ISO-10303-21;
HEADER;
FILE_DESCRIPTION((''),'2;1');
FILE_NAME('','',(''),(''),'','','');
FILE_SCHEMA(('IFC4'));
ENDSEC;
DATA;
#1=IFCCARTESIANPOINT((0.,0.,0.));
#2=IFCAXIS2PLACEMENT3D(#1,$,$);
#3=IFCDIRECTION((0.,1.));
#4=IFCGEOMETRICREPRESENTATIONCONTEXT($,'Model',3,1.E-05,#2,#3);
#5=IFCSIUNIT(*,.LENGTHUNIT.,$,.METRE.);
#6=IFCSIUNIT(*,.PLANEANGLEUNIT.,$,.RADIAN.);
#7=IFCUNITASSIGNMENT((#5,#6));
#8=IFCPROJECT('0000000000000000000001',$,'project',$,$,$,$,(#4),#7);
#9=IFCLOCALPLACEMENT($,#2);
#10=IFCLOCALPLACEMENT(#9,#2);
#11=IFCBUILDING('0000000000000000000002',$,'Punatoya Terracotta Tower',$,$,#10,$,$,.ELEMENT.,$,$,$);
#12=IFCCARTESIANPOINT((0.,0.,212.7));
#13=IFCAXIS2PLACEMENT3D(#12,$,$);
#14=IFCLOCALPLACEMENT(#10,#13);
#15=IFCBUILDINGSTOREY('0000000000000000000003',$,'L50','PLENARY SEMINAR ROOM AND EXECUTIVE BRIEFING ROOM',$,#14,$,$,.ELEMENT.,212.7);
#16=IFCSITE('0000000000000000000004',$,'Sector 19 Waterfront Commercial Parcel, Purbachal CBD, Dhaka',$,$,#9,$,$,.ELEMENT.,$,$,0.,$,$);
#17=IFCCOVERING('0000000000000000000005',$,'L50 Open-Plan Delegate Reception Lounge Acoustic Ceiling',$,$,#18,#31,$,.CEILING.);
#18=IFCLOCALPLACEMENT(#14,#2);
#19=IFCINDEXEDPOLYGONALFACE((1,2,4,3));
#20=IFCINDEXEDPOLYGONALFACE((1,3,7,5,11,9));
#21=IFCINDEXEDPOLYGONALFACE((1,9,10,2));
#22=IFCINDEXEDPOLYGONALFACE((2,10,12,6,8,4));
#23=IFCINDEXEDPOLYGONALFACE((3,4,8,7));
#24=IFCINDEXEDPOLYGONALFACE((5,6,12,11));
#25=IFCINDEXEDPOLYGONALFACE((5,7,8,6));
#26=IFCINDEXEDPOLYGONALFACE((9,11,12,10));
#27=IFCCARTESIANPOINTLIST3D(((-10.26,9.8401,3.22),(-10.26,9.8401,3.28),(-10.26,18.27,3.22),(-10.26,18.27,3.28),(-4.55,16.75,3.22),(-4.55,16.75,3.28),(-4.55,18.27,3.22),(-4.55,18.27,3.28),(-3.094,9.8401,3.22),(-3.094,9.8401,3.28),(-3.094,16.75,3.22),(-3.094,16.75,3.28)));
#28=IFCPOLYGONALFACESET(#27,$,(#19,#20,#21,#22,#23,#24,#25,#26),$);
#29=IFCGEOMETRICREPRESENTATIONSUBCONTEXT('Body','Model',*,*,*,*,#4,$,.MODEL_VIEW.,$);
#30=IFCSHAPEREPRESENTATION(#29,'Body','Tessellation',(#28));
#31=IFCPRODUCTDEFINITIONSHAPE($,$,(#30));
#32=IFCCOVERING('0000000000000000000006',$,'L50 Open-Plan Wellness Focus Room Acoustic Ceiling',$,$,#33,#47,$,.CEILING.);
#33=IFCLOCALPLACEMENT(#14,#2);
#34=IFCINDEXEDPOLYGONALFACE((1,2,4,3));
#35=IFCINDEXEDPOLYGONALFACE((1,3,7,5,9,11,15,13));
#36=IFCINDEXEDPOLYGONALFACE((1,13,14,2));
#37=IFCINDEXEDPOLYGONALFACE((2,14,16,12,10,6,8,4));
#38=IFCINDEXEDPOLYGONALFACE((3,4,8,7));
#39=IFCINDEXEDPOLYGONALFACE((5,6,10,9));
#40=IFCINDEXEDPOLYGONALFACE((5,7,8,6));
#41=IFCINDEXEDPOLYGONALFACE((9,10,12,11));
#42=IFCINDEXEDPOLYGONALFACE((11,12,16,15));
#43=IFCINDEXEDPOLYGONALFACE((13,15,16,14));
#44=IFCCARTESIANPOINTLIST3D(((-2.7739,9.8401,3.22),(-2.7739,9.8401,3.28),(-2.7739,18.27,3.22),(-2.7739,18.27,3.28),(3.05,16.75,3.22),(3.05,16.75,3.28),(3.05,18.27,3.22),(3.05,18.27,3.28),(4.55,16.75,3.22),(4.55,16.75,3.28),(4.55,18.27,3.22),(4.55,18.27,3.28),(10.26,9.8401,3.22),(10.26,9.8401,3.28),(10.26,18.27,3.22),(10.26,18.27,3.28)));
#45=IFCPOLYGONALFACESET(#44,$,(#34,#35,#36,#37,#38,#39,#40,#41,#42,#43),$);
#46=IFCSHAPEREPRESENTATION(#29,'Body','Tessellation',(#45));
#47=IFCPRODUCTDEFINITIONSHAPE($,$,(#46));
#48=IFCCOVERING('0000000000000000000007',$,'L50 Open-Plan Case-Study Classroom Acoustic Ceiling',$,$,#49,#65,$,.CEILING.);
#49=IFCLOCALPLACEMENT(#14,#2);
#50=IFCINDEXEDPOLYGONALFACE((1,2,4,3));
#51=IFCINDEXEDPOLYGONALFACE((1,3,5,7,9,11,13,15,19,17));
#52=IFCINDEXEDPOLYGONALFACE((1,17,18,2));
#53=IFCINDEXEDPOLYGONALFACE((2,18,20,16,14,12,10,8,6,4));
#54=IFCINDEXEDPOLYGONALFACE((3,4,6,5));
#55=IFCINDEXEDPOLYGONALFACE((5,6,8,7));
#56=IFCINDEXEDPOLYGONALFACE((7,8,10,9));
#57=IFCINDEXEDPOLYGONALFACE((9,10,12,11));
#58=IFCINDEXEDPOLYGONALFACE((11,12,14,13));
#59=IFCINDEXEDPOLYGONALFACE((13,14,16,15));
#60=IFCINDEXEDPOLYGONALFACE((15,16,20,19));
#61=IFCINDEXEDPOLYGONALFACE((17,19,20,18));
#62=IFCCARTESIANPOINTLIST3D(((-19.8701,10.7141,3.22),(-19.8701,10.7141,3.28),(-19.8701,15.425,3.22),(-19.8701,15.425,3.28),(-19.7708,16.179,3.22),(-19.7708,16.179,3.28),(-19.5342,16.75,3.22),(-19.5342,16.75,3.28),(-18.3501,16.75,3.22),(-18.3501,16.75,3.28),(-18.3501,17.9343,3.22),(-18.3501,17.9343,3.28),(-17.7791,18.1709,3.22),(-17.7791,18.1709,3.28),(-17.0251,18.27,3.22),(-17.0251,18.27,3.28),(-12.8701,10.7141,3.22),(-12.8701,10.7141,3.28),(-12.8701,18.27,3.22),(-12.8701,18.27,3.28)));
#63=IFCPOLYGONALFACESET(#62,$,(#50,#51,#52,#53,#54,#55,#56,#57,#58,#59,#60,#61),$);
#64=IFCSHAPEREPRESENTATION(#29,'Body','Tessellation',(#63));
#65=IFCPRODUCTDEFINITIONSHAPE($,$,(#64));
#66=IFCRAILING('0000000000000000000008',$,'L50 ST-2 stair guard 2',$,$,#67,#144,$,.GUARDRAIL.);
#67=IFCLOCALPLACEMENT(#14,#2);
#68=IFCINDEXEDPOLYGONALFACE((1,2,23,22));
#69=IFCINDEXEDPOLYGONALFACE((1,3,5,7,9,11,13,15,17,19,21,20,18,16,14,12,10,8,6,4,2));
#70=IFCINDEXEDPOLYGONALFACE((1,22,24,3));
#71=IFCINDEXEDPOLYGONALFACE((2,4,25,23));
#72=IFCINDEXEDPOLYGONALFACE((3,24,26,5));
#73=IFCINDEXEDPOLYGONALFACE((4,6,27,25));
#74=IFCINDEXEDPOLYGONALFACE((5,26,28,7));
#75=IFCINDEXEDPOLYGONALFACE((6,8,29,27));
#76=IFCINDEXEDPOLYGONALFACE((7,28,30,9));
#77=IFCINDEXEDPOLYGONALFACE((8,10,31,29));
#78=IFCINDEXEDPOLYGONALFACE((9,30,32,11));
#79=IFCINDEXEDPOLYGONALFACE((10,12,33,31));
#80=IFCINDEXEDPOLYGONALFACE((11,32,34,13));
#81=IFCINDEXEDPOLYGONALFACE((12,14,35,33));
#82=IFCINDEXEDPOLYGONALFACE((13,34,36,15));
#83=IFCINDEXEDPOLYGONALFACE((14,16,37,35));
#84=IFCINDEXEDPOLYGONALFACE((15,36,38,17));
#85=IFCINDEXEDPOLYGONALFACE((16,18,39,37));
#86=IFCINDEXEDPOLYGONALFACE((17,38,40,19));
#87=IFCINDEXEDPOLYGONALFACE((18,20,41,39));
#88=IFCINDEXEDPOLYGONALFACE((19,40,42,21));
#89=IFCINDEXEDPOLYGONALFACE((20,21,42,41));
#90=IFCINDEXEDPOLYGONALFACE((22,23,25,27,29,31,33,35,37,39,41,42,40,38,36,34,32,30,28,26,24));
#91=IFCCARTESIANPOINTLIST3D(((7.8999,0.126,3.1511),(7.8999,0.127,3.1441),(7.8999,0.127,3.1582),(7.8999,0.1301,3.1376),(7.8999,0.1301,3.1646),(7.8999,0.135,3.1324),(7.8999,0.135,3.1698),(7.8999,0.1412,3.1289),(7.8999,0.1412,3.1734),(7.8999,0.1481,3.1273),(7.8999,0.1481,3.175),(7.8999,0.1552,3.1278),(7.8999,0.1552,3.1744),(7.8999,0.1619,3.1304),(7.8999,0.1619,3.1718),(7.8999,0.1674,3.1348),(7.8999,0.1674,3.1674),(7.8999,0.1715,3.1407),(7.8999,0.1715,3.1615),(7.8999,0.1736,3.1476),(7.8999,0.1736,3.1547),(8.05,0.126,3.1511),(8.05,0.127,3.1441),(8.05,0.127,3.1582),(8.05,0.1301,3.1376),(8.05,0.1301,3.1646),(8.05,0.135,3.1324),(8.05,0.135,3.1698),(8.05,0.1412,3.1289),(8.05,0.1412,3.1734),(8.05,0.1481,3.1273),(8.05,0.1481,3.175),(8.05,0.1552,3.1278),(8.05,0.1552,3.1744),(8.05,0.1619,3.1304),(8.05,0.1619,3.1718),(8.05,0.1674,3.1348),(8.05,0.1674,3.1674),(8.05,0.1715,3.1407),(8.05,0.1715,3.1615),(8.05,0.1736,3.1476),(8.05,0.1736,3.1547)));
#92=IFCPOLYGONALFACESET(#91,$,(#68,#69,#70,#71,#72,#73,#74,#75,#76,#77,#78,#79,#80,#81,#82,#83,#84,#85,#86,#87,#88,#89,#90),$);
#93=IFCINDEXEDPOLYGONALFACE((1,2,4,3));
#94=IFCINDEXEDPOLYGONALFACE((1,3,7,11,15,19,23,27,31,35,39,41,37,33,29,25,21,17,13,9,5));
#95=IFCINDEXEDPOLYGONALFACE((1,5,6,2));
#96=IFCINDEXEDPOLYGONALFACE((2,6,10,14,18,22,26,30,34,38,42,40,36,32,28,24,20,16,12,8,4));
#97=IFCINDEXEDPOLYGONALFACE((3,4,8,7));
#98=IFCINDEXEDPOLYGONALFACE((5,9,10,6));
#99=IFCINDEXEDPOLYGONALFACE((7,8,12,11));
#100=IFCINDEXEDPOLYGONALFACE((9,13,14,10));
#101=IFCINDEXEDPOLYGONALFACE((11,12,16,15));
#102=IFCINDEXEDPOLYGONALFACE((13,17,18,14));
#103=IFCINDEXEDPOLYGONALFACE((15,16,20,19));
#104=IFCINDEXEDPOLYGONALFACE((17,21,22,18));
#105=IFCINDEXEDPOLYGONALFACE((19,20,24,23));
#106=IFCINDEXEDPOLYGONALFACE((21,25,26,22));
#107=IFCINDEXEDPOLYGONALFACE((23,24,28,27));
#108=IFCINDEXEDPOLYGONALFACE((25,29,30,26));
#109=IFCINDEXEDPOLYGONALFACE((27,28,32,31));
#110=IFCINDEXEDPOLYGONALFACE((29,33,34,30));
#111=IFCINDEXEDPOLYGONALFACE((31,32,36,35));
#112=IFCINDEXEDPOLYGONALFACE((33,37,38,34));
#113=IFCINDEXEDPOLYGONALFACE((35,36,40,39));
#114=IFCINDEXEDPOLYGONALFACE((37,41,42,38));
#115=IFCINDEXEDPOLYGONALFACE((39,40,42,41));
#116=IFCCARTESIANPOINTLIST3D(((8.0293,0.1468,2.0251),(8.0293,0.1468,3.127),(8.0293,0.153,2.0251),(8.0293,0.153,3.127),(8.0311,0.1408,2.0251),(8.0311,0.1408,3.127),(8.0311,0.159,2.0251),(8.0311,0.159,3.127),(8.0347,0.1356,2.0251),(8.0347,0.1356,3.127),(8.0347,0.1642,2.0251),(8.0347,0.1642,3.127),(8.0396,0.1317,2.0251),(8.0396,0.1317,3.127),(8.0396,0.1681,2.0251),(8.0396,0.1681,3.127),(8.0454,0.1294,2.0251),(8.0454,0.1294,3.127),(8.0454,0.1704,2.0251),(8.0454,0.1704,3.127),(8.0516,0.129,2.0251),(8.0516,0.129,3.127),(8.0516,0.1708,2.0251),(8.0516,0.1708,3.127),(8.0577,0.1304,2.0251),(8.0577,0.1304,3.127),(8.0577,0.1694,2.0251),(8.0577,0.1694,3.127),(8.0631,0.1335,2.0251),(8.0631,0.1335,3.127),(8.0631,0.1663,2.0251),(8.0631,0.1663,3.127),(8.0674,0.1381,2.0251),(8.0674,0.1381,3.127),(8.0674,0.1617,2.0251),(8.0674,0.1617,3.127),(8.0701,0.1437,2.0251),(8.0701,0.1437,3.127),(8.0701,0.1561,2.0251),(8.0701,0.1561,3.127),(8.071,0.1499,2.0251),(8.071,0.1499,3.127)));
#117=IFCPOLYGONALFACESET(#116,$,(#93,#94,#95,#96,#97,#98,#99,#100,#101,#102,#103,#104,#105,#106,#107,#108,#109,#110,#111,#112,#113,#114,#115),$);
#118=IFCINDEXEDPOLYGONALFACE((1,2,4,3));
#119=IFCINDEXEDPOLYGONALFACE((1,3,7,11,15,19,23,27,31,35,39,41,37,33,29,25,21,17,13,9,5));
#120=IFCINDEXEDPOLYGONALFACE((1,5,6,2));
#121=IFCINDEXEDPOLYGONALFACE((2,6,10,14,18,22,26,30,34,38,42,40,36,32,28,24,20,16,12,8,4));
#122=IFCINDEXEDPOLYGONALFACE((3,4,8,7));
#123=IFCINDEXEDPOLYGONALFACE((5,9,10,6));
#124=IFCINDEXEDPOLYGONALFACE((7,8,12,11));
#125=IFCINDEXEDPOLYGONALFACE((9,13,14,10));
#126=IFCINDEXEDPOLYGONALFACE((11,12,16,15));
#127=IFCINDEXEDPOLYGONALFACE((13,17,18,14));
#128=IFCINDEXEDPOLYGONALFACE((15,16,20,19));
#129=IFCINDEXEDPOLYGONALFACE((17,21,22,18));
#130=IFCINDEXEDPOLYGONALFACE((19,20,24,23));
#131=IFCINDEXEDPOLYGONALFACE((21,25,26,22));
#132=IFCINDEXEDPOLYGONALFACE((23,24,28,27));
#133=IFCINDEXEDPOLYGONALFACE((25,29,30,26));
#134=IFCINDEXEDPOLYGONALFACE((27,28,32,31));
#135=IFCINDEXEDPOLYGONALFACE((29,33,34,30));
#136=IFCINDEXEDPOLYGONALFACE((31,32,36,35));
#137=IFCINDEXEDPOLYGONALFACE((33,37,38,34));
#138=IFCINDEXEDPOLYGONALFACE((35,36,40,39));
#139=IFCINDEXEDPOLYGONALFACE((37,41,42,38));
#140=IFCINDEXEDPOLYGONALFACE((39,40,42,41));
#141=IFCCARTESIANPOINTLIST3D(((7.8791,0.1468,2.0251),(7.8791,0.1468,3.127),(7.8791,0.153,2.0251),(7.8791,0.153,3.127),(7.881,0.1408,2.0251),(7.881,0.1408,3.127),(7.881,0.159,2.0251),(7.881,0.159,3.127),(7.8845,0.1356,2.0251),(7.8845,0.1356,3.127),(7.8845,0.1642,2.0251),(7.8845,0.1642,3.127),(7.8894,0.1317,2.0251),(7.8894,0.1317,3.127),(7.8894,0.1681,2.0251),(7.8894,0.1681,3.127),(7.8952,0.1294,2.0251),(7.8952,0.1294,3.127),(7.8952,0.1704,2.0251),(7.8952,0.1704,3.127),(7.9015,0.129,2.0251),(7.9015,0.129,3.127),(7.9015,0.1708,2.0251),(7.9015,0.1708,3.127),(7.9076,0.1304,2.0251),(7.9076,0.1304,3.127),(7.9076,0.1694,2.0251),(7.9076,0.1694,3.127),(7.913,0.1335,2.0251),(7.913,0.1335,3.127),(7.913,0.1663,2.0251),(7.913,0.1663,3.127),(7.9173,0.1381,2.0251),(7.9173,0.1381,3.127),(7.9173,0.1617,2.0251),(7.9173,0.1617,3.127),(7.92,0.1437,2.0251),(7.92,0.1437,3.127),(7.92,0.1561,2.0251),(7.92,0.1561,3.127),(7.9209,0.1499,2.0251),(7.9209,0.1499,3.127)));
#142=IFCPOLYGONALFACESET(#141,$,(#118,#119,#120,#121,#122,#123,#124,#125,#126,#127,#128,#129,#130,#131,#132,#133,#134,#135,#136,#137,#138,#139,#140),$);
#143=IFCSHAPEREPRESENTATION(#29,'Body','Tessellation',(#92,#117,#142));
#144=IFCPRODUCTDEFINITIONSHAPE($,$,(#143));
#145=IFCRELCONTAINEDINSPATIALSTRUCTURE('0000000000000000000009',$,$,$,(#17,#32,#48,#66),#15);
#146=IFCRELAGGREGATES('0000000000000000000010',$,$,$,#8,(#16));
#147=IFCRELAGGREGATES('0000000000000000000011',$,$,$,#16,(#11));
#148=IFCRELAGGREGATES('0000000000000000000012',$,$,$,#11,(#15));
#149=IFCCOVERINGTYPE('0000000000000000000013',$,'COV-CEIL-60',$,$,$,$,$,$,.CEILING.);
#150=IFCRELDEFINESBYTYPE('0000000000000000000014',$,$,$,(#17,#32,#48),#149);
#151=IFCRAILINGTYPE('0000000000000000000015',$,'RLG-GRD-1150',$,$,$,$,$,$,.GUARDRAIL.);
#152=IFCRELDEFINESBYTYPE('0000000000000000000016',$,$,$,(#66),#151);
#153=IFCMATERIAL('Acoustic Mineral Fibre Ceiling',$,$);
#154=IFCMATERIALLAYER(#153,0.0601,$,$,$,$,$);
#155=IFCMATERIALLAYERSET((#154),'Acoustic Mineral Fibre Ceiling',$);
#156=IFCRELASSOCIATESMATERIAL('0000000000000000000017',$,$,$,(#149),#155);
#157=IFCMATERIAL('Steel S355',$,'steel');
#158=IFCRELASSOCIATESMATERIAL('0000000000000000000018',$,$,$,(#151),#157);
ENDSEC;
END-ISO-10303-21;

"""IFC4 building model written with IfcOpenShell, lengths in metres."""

from ifc_helpers import new_model, si_unit, direction, frame, origin, origin_2d, place, context, subcontext, project, spatial, polyline, circle, outline, extrude, material, layer, layer_set, type_object, element, save


model = new_model("IFC4")

# Units and contexts
model_context = context("Model", 3, precision=1e-05, world=origin(), true_north=direction((0.0, 1.0)))
body_context = subcontext(model_context, "Body", "Model", "MODEL_VIEW")
ifc_project = project(units=[si_unit("LENGTHUNIT", "METRE"), si_unit("PLANEANGLEUNIT", "RADIAN")], contexts=[model_context])

# Site, building, storey
site_placement = place(None, origin())
site = spatial("IfcSite", under=ifc_project, at=site_placement, Name="Sector 19 Waterfront Commercial Parcel, Purbachal CBD, Dhaka", CompositionType="ELEMENT", RefElevation=0.0)
building_placement = place(site_placement, origin())
building = spatial("IfcBuilding", under=site, at=building_placement, Name="Punatoya Terracotta Tower", CompositionType="ELEMENT")
storey_placement = place(building_placement, frame((0.0, 0.0, 212.7)))
storey = spatial("IfcBuildingStorey", under=building, at=storey_placement, Name="L50", Description="PLENARY SEMINAR ROOM AND EXECUTIVE BRIEFING ROOM", CompositionType="ELEMENT", Elevation=212.7)

# Shared definitions
ifc_material_1 = material(Name="Steel S355", Category="steel")

# Coverings
ifc_material_2 = material(Name="Acoustic Mineral Fibre Ceiling")
ifc_layer_1 = layer(ifc_material_2, 0.0601)
ifc_layer_set_1 = layer_set([ifc_layer_1], Name="Acoustic Mineral Fibre Ceiling")
covering_type = type_object("IfcCoveringType", Name="COV-CEIL-60", PredefinedType="CEILING", material=ifc_layer_set_1)
covering_1_placement = place(storey_placement, frame((0.0, 0.0, 3.22)))
element("IfcCovering", 1, at=covering_1_placement, inside=storey, type_object=covering_type, Name="L50 Open-Plan Delegate Reception Lounge Acoustic Ceiling", PredefinedType="CEILING", context=body_context, shape_type="SweptSolid", body=[
    extrude(outline(polyline([(-4.55, 16.75), (-4.55, 18.27), (-10.26, 18.27), (-10.26, 9.8401), (-3.094, 9.8401), (-3.094, 16.75), (-4.55, 16.75)])), origin(), (0.0, 0.0, 1.0), 0.0601),
])
covering_2_placement = place(storey_placement, frame((0.0, 0.0, 3.22)))
element("IfcCovering", 2, at=covering_2_placement, inside=storey, type_object=covering_type, Name="L50 Open-Plan Wellness Focus Room Acoustic Ceiling", PredefinedType="CEILING", context=body_context, shape_type="SweptSolid", body=[
    extrude(outline(polyline([(3.05, 18.27), (-2.7739, 18.27), (-2.7739, 9.8401), (10.26, 9.8401), (10.26, 18.27), (4.55, 18.27), (4.55, 16.75), (3.05, 16.75), (3.05, 18.27)])), origin(), (0.0, 0.0, 1.0), 0.0601),
])
covering_3_placement = place(storey_placement, frame((0.0, 0.0, 3.22)))
element("IfcCovering", 3, at=covering_3_placement, inside=storey, type_object=covering_type, Name="L50 Open-Plan Case-Study Classroom Acoustic Ceiling", PredefinedType="CEILING", context=body_context, shape_type="SweptSolid", body=[
    extrude(outline(polyline([(-19.7708, 16.179), (-19.8701, 15.425), (-19.8701, 10.7141), (-12.8701, 10.7141), (-12.8701, 18.27), (-17.0251, 18.27), (-17.7791, 18.1709), (-18.3501, 17.9343), (-18.3501, 16.75), (-19.5342, 16.75), (-19.7708, 16.179)])), origin(), (0.0, 0.0, 1.0), 0.0601),
])

# Railing
railing_type_1 = type_object("IfcRailingType", Name="RLG-GRD-1150", PredefinedType="GUARDRAIL", material=ifc_material_1)
railing_1_placement = place(storey_placement, frame((8.05, 0.1499, 2.0251)))
element("IfcRailing", 4, at=railing_1_placement, inside=storey, type_object=railing_type_1, Name="L50 ST-2 stair guard 2", PredefinedType="GUARDRAIL", context=body_context, shape_type="SweptSolid", body=[
    extrude(circle(Radius=0.0239, at=origin_2d()), frame((0.0, 0.0, 1.126), z_axis=(-1.0, 0.0, 0.0), x_axis=(0.0, -1.0, 0.0)), (0.0, 0.0, 1.0), 0.1501),
    extrude(circle(Radius=0.021, at=origin_2d()), origin(), (0.0, 0.0, 1.0), 1.1018),
    extrude(circle(Radius=0.021, at=origin_2d()), frame((-0.1501, 0.0, 0.0)), (0.0, 0.0, 1.0), 1.1018),
])

save(model, "model.ifc")
